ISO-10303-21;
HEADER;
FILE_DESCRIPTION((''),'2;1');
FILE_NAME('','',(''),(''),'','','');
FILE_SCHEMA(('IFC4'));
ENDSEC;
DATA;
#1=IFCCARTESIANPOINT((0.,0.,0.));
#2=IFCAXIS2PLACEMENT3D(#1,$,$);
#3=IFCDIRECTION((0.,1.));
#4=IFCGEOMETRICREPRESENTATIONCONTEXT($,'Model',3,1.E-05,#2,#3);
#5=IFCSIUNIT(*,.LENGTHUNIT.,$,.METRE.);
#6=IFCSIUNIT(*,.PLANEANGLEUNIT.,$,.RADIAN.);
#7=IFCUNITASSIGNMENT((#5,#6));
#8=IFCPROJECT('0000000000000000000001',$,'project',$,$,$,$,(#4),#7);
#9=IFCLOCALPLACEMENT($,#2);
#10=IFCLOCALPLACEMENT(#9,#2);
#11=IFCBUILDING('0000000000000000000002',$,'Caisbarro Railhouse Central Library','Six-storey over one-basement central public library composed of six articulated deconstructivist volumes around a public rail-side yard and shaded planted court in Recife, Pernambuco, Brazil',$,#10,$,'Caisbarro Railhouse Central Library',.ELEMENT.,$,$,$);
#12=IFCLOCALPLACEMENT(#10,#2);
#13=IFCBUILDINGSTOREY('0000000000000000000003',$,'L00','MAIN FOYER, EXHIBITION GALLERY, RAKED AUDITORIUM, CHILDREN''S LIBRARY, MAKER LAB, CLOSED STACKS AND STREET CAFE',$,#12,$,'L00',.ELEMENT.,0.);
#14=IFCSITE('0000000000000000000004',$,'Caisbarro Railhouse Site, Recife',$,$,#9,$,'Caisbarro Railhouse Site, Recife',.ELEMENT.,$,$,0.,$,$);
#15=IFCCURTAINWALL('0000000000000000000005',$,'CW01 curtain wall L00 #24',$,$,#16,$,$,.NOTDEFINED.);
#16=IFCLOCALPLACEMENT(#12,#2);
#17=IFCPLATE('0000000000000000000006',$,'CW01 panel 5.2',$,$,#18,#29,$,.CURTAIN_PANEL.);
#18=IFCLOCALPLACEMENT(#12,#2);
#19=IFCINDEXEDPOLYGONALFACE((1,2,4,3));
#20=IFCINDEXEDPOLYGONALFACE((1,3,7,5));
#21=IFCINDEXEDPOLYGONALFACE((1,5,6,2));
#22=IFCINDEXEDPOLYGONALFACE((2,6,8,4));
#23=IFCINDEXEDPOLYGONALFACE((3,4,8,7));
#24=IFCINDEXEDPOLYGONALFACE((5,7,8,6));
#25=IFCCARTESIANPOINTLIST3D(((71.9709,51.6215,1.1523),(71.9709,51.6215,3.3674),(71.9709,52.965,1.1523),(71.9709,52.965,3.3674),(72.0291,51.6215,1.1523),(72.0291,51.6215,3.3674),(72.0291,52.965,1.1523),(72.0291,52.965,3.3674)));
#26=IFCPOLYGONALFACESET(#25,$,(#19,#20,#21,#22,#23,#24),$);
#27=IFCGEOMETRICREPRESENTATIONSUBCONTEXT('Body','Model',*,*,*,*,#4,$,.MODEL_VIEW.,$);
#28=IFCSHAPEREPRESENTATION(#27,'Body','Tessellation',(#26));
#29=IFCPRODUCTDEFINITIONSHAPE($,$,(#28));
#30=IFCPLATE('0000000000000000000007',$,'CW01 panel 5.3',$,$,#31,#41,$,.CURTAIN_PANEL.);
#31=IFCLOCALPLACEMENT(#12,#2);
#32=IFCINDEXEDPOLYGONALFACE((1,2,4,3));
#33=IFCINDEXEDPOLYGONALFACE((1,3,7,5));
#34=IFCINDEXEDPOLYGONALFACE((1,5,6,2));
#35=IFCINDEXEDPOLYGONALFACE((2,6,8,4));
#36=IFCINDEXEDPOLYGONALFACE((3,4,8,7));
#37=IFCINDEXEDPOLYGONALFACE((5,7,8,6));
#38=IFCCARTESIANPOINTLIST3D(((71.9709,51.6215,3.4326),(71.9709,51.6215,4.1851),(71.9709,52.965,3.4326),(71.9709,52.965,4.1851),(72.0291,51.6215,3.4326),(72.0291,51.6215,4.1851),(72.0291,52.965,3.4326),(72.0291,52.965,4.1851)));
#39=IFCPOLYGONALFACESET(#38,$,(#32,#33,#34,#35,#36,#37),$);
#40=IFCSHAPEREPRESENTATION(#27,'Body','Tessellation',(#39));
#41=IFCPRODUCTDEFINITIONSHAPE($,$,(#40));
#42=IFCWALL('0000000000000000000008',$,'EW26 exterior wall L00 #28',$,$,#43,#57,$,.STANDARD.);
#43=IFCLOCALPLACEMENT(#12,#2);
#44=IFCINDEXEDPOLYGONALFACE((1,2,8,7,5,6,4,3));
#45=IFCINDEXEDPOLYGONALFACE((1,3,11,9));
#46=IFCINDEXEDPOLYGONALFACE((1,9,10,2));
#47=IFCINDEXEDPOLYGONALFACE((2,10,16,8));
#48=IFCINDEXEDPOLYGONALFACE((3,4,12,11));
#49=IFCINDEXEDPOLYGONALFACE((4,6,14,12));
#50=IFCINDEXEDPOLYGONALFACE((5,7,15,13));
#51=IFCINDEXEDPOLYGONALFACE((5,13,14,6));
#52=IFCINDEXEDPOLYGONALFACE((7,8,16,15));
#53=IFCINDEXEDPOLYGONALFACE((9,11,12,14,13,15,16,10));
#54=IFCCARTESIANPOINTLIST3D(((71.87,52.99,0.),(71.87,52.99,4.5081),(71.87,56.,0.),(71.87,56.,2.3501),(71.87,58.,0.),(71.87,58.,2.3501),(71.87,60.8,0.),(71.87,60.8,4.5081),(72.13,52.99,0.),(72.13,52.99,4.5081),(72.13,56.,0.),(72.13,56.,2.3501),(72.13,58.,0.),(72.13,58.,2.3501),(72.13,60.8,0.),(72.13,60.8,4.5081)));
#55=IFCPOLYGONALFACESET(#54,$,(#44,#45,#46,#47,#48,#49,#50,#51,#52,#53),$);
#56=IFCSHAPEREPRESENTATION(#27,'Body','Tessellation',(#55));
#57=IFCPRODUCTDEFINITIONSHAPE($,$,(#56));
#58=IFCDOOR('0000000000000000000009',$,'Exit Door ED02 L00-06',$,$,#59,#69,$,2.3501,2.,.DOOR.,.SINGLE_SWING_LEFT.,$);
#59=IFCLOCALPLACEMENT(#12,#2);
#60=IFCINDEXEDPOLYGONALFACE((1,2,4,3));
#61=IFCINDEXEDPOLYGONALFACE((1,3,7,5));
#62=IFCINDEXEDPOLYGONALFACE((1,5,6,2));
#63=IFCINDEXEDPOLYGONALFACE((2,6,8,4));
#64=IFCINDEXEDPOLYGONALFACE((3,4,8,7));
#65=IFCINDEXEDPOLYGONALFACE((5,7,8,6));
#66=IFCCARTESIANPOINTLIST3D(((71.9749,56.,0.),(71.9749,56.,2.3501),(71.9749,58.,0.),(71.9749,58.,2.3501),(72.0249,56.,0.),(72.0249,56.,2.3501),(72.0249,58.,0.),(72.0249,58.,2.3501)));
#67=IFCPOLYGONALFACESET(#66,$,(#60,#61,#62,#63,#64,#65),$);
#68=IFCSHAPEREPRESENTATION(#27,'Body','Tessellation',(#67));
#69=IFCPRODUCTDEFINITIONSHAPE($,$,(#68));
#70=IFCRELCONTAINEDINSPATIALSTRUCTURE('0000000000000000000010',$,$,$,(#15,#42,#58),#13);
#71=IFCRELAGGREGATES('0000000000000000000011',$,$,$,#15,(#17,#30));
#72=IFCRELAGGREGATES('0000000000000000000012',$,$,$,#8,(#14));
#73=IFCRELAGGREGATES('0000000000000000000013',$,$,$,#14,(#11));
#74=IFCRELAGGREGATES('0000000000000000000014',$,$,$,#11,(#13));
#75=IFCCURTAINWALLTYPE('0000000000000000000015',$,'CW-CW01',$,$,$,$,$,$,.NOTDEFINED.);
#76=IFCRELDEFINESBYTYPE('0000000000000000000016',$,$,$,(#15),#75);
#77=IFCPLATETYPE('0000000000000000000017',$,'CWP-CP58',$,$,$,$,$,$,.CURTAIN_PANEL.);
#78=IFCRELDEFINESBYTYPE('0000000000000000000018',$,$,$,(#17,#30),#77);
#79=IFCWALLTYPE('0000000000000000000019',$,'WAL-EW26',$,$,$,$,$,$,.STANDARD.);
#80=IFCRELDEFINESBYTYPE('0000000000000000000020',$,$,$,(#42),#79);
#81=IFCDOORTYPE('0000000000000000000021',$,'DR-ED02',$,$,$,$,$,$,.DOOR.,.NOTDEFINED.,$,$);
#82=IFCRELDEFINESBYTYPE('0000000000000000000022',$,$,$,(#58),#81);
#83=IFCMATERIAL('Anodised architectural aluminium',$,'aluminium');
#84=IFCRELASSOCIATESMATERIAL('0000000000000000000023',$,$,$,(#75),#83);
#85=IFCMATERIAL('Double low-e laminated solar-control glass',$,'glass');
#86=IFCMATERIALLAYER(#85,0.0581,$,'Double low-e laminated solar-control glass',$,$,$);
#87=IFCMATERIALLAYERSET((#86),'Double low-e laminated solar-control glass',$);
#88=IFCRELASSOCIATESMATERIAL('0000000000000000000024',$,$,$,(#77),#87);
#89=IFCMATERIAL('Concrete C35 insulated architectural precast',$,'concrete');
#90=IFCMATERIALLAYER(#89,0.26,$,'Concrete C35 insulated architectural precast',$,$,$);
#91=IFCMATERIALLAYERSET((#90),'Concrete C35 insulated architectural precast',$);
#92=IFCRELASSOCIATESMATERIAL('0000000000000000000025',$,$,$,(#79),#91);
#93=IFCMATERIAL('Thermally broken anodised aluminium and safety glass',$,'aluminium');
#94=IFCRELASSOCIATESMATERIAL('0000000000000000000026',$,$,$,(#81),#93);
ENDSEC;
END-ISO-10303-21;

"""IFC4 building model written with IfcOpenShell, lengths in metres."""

from ifc_helpers import new_model, si_unit, direction, frame, frame_2d, origin, origin_2d, place, context, subcontext, project, spatial, rectangle, extrude, material, layer, layer_set, type_object, element, fill, aggregate, save


model = new_model("IFC4")

# Units and contexts
model_context = context("Model", 3, precision=1e-05, world=origin(), true_north=direction((0.0, 1.0)))
body_context = subcontext(model_context, "Body", "Model", "MODEL_VIEW")
ifc_project = project(units=[si_unit("LENGTHUNIT", "METRE"), si_unit("PLANEANGLEUNIT", "RADIAN")], contexts=[model_context])

# Site, building, storey
site_placement = place(None, origin())
site = spatial("IfcSite", under=ifc_project, at=site_placement, Name="Caisbarro Railhouse Site, Recife", LongName="Caisbarro Railhouse Site, Recife", CompositionType="ELEMENT", RefElevation=0.0)
building_placement = place(site_placement, origin())
building = spatial("IfcBuilding", under=site, at=building_placement, Name="Caisbarro Railhouse Central Library", Description="Six-storey over one-basement central public library composed of six articulated deconstructivist volumes around a public rail-side yard and shaded planted court in Recife, Pernambuco, Brazil", LongName="Caisbarro Railhouse Central Library", CompositionType="ELEMENT")
storey_placement = place(building_placement, origin())
storey = spatial("IfcBuildingStorey", under=building, at=storey_placement, Name="L00", Description="MAIN FOYER, EXHIBITION GALLERY, RAKED AUDITORIUM, CHILDREN'S LIBRARY, MAKER LAB, CLOSED STACKS AND STREET CAFE", LongName="L00", CompositionType="ELEMENT", Elevation=0.0)

# Curtain wall, plates
ifc_material_1 = material(Name="Anodised architectural aluminium", Category="aluminium")
curtain_wall_type = type_object("IfcCurtainWallType", Name="CW-CW01", PredefinedType="NOTDEFINED", material=ifc_material_1)
curtain_wall_placement = place(storey_placement, origin())
curtain_wall = element("IfcCurtainWall", 1, at=curtain_wall_placement, inside=storey, type_object=curtain_wall_type, Name="CW01 curtain wall L00 #24", PredefinedType="NOTDEFINED")
ifc_material_2 = material(Name="Double low-e laminated solar-control glass", Category="glass")
ifc_layer_1 = layer(ifc_material_2, 0.0581, Name="Double low-e laminated solar-control glass")
ifc_layer_set_1 = layer_set([ifc_layer_1], Name="Double low-e laminated solar-control glass")
plate_type = type_object("IfcPlateType", Name="CWP-CP58", PredefinedType="CURTAIN_PANEL", material=ifc_layer_set_1)
plate_1_placement = place(storey_placement, frame((72.0, 52.2932, 1.1523), z_axis=(0.0, 0.0, 1.0), x_axis=(0.0, 1.0, 0.0)))
plate_1 = element("IfcPlate", 2, at=plate_1_placement, type_object=plate_type, Name="CW01 panel 5.2", PredefinedType="CURTAIN_PANEL", context=body_context, shape_type="SweptSolid", body=[
    extrude(rectangle(XDim=1.3435, YDim=0.0581, at=origin_2d()), origin(), (0.0, 0.0, 1.0), 2.2151),
])
plate_2_placement = place(storey_placement, frame((72.0, 52.2932, 3.4326), z_axis=(0.0, 0.0, 1.0), x_axis=(0.0, 1.0, 0.0)))
plate_2 = element("IfcPlate", 3, at=plate_2_placement, type_object=plate_type, Name="CW01 panel 5.3", PredefinedType="CURTAIN_PANEL", context=body_context, shape_type="SweptSolid", body=[
    extrude(rectangle(XDim=1.3435, YDim=0.0581, at=origin_2d()), origin(), (0.0, 0.0, 1.0), 0.7524),
])
aggregate(curtain_wall, [plate_1, plate_2])

# Wall, opening, door
ifc_material_3 = material(Name="Concrete C35 insulated architectural precast", Category="concrete")
ifc_layer_2 = layer(ifc_material_3, 0.26, Name="Concrete C35 insulated architectural precast")
ifc_layer_set_2 = layer_set([ifc_layer_2], Name="Concrete C35 insulated architectural precast")
wall_type = type_object("IfcWallType", Name="WAL-EW26", PredefinedType="STANDARD", material=ifc_layer_set_2)
wall_placement = place(storey_placement, frame((72.0, 52.99, 0.0), z_axis=(0.0, 0.0, 1.0), x_axis=(0.0, 1.0, 0.0)))
wall = element("IfcWall", 4, at=wall_placement, inside=storey, type_object=wall_type, Name="EW26 exterior wall L00 #28", PredefinedType="STANDARD", context=body_context, shape_type="SweptSolid", body=[
    extrude(rectangle(XDim=7.8101, YDim=0.26, at=frame_2d((3.905, 0.0))), origin(), (0.0, 0.0, 1.0), 4.5081),
])
opening_placement = place(wall_placement, frame((3.01, 0.0, 0.0)))
opening = element("IfcOpeningElement", 5, at=opening_placement, cuts=wall, PredefinedType="OPENING", context=body_context, shape_type="SweptSolid", body=[
    extrude(rectangle(XDim=2.0, YDim=2.3501, at=frame_2d((1.0, 1.175))), frame((0.0, 0.1401, 0.0), z_axis=(0.0, -1.0, 0.0), x_axis=(1.0, 0.0, 0.0)), (0.0, 0.0, 1.0), 0.28),
])
ifc_material_4 = material(Name="Thermally broken anodised aluminium and safety glass", Category="aluminium")
door_type = type_object("IfcDoorType", Name="DR-ED02", OperationType="NOTDEFINED", PredefinedType="DOOR", material=ifc_material_4)
door_placement = place(opening_placement, frame((2.0, 0.0, 0.0), z_axis=(0.0, 0.0, 1.0), x_axis=(-1.0, 0.0, 0.0)))
door = element("IfcDoor", 6, at=door_placement, inside=storey, type_object=door_type, Name="Exit Door ED02 L00-06", OperationType="SINGLE_SWING_LEFT", OverallHeight=2.3501, OverallWidth=2.0, PredefinedType="DOOR", context=body_context, shape_type="SweptSolid", body=[
    extrude(rectangle(XDim=2.0, YDim=2.3501, at=frame_2d((1.0, 1.175))), frame((0.0, 0.0249, 0.0), z_axis=(0.0, -1.0, 0.0), x_axis=(1.0, 0.0, 0.0)), (0.0, 0.0, 1.0), 0.05),
])
fill(opening, door)

save(model, "model.ifc")
